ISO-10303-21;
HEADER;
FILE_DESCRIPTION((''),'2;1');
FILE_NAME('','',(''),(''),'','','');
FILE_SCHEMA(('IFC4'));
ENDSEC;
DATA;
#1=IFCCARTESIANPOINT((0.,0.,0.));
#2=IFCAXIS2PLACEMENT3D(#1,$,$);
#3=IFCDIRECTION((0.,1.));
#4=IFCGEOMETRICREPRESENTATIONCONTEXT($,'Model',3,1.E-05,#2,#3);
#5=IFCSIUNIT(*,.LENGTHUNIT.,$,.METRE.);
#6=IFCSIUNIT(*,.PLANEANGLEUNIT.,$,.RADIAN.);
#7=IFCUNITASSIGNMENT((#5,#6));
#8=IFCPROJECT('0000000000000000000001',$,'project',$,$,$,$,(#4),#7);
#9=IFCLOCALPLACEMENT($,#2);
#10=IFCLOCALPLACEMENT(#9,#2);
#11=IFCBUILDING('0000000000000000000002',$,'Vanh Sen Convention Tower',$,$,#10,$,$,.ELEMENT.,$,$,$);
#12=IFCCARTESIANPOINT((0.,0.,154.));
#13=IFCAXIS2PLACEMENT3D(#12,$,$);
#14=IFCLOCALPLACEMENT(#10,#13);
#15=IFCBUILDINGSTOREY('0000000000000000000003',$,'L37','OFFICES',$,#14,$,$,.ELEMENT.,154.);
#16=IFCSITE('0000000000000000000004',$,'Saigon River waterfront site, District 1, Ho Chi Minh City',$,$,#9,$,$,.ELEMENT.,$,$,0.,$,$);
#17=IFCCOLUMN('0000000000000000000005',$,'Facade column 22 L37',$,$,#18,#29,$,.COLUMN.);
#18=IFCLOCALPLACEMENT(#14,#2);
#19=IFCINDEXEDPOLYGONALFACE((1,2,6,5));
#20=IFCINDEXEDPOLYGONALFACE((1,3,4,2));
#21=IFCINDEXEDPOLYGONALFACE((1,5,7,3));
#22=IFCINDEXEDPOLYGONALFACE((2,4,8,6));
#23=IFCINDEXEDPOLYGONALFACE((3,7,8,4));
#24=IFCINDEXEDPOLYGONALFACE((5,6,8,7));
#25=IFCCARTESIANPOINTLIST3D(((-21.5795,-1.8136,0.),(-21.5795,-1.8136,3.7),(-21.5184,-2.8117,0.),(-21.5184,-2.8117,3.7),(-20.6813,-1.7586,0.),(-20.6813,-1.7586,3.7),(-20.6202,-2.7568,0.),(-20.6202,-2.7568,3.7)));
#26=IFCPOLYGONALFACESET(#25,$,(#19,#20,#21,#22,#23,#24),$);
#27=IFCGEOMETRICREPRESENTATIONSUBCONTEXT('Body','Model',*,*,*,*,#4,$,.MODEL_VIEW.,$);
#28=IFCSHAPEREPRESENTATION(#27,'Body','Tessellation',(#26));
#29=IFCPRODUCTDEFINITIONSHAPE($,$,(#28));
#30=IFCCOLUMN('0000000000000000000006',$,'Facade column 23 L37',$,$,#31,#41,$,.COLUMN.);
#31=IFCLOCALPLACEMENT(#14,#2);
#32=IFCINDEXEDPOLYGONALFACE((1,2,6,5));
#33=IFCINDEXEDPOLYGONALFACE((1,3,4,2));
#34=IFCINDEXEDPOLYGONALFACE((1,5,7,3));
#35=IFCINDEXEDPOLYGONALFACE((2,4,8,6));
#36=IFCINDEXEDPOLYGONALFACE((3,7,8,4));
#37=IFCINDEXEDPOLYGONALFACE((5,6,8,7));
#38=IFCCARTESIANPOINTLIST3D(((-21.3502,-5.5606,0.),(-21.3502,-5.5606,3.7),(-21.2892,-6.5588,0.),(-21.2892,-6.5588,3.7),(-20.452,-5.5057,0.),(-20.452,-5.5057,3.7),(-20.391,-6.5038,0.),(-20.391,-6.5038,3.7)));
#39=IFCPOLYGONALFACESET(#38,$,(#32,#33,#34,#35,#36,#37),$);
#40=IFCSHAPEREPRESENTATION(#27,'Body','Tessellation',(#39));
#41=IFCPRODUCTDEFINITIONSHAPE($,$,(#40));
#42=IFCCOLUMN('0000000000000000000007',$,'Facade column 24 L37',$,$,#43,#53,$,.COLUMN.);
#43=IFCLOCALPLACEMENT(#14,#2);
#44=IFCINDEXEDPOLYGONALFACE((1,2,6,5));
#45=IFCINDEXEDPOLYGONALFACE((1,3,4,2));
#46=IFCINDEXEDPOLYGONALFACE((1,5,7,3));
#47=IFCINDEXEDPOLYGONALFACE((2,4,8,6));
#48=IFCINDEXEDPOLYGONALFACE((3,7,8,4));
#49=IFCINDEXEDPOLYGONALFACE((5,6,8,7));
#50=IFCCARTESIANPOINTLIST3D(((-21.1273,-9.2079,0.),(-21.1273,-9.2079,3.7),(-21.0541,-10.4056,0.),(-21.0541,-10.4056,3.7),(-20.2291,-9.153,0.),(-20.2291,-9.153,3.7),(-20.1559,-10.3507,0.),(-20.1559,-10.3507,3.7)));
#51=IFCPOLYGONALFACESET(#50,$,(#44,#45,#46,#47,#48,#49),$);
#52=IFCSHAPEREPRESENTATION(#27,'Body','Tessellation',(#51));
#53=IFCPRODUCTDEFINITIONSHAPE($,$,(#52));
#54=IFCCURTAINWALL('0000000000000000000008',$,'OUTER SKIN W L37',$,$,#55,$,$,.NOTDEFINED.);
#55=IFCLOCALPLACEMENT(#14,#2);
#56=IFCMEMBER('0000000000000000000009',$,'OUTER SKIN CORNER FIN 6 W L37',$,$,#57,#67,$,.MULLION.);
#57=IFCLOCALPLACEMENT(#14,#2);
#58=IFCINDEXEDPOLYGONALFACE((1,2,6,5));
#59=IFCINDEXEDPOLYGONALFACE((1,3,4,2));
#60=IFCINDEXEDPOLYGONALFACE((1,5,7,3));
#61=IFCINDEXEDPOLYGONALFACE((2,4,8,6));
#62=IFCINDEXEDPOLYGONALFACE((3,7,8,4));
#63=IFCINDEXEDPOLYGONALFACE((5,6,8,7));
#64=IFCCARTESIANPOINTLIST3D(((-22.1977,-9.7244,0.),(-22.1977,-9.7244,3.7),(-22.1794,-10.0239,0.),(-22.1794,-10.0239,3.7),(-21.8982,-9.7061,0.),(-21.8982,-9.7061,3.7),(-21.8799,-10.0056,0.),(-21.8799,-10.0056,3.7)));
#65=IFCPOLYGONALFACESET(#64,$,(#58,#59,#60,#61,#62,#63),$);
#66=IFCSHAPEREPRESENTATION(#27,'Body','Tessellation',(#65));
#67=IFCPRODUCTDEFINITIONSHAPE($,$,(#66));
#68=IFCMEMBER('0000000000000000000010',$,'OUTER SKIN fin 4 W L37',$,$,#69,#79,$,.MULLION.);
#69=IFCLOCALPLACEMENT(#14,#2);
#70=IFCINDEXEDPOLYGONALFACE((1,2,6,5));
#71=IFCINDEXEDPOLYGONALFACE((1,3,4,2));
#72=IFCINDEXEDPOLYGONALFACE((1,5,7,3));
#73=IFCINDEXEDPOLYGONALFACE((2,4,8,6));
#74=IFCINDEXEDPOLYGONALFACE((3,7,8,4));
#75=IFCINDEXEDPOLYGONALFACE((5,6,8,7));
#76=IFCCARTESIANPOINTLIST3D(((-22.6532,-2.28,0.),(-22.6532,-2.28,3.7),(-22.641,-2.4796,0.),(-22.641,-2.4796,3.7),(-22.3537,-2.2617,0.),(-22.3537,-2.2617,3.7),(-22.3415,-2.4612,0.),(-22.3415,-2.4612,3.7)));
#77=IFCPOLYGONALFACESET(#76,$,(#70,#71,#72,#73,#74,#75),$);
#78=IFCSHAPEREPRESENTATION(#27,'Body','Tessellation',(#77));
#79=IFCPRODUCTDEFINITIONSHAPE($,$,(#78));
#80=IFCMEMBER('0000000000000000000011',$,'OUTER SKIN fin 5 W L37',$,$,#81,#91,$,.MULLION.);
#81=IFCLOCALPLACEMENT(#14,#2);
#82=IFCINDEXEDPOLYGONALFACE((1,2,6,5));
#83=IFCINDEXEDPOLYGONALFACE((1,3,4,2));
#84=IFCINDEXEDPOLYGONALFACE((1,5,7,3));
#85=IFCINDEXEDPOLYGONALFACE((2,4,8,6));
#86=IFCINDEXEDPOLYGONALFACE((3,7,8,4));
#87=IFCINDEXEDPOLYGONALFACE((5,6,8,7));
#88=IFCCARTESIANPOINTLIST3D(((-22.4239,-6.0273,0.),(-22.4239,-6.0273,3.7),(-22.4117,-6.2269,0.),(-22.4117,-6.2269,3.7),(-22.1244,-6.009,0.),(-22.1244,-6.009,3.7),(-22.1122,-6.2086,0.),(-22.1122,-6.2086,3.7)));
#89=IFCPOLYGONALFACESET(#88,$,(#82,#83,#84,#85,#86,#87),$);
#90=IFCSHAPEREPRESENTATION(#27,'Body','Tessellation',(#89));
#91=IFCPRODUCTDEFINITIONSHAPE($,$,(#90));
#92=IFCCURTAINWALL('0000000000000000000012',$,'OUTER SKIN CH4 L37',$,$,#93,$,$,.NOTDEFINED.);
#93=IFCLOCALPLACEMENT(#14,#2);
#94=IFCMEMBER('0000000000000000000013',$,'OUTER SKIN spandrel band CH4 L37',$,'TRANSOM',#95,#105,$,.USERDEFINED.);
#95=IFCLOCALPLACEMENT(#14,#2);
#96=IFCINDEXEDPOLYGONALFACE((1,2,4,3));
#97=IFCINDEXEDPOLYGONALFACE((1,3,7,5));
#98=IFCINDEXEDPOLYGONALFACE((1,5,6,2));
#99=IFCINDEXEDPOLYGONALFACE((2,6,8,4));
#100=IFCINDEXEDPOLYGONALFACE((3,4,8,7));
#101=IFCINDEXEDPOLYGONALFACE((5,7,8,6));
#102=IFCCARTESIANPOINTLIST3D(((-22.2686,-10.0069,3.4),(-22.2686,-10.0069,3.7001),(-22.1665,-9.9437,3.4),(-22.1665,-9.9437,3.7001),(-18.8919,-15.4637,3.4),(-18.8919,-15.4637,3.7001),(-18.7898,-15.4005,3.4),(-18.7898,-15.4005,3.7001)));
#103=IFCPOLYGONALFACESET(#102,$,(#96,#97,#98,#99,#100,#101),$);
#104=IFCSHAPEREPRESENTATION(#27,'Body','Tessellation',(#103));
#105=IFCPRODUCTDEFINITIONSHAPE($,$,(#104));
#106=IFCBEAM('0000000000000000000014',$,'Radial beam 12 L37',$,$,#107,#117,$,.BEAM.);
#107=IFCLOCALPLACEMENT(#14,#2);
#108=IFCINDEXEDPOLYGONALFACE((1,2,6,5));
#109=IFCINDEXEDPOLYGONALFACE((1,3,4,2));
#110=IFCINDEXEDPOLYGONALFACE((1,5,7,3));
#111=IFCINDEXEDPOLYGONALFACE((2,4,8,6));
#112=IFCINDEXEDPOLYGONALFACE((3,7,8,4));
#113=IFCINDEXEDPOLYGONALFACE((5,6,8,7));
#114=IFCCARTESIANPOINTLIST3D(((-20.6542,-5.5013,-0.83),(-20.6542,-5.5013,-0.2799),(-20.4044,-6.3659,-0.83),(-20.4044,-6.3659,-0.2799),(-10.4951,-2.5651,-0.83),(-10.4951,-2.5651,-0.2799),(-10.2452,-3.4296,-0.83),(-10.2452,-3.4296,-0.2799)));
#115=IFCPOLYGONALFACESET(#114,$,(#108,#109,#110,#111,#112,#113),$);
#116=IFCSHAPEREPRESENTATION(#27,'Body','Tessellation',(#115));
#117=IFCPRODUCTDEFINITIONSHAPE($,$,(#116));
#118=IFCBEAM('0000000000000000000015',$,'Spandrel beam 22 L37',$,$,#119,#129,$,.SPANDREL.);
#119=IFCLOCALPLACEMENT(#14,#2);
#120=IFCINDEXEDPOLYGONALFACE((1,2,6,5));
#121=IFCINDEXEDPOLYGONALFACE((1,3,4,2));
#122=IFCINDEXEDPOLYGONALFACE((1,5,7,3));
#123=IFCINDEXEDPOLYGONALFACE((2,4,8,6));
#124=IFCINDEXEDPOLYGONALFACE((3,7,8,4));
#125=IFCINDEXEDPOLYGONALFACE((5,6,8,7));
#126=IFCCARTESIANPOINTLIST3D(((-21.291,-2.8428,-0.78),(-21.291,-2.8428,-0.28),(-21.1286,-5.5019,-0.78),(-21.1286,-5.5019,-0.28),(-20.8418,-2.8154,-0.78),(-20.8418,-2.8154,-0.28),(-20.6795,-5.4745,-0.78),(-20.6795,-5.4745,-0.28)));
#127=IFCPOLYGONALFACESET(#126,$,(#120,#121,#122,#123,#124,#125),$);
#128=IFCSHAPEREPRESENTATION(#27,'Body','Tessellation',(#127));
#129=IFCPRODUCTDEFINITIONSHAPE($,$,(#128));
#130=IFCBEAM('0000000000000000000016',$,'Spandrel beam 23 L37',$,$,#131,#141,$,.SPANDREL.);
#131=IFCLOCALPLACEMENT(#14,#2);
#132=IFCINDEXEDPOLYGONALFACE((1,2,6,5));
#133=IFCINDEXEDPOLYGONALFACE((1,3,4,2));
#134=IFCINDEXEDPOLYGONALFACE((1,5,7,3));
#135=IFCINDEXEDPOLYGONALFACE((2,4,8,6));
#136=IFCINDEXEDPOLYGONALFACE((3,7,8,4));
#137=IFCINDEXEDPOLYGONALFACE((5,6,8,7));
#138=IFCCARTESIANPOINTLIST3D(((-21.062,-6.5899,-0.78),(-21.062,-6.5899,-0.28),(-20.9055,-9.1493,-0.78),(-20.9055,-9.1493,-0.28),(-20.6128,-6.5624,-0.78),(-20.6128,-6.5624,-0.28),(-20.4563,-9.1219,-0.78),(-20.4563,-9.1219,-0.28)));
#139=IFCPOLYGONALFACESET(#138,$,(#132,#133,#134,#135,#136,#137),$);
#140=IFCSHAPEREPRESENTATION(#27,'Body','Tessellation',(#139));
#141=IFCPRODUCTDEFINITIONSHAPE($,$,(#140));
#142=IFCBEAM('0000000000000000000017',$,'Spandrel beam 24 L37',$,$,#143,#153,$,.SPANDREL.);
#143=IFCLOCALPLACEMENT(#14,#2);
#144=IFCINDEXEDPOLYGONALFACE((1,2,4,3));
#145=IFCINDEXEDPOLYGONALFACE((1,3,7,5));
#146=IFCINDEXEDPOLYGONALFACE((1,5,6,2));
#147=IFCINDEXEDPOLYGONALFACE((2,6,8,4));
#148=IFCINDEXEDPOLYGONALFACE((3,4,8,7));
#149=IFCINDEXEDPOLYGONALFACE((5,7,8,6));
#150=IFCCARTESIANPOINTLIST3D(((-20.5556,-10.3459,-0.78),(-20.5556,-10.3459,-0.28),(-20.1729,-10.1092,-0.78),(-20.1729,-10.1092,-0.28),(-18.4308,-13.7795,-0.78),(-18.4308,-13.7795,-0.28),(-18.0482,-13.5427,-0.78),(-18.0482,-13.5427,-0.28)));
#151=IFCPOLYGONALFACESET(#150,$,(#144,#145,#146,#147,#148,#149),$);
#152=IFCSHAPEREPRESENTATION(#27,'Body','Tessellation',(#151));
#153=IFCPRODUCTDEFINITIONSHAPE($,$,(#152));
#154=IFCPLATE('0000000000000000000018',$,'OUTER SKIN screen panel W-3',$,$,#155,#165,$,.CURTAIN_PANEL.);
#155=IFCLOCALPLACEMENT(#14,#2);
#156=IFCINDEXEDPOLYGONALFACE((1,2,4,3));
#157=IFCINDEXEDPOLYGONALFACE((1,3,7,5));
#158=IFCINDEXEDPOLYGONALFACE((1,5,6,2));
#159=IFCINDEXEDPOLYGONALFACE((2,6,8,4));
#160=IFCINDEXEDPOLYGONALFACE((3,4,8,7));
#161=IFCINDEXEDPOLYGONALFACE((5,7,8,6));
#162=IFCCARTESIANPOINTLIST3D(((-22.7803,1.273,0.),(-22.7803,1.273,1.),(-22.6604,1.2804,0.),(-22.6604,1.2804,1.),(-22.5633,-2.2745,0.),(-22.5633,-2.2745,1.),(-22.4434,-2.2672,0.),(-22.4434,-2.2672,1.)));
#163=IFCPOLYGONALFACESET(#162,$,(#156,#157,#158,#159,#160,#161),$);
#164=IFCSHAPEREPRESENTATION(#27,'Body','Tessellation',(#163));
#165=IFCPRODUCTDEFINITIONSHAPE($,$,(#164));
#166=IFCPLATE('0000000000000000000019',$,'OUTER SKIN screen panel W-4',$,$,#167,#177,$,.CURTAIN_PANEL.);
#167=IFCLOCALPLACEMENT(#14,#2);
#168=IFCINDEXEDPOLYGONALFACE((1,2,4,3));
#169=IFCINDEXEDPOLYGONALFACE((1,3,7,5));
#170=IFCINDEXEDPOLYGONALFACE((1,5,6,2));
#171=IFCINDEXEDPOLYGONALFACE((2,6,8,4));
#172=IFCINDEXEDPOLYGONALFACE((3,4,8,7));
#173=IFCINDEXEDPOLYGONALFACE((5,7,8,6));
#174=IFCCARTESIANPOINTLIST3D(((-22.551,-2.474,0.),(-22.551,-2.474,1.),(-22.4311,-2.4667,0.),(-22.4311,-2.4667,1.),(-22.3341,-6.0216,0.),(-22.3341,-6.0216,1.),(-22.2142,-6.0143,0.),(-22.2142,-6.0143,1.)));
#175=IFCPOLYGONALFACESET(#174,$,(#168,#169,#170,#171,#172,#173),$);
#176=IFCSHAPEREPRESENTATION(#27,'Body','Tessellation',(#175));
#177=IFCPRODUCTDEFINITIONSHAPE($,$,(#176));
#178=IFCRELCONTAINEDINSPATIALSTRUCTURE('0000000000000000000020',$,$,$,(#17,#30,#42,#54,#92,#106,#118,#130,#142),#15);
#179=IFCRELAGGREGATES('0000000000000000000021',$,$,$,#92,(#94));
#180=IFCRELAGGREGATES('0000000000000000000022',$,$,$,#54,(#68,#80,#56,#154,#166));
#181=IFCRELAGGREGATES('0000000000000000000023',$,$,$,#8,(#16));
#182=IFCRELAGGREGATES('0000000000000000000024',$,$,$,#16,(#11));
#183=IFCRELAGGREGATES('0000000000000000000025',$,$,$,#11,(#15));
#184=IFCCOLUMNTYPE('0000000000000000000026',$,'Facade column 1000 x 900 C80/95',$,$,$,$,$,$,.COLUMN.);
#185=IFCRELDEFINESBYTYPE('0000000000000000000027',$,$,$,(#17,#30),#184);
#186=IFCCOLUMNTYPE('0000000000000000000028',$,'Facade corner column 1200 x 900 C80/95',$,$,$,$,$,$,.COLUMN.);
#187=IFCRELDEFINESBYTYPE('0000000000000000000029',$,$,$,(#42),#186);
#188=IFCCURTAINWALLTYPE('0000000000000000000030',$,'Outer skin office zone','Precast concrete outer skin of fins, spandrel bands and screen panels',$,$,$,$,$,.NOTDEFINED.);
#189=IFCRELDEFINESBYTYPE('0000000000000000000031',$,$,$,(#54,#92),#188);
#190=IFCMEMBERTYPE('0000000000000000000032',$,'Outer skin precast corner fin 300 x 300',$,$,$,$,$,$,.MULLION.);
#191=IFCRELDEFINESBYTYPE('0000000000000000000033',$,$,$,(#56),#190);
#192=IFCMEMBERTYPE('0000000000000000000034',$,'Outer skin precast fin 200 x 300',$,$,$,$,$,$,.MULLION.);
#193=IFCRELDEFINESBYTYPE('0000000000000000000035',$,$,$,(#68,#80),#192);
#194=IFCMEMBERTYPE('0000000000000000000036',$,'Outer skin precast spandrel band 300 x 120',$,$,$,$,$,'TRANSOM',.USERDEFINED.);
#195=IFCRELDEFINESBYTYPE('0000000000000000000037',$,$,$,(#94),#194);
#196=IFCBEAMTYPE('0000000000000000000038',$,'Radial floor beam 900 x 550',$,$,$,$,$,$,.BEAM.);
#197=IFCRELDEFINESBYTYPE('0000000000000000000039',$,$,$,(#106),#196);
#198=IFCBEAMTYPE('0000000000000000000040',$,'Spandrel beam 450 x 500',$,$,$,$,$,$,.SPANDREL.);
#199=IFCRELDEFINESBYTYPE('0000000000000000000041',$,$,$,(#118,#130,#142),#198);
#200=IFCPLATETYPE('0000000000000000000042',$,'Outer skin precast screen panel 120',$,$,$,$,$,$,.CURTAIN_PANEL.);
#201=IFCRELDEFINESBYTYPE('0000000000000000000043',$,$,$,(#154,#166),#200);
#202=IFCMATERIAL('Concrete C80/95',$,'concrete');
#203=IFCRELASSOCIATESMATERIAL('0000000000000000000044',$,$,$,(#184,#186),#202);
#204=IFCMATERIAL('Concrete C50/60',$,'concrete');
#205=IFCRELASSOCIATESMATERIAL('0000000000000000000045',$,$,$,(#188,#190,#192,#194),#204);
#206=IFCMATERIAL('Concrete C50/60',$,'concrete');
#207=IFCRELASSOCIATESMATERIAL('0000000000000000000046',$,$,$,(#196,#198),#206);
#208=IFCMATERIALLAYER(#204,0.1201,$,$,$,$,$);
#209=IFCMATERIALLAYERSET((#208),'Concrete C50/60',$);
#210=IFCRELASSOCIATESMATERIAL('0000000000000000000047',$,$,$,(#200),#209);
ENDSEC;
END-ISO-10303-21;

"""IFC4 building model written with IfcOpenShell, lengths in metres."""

from ifc_helpers import new_model, si_unit, direction, frame, origin, origin_2d, place, context, subcontext, project, spatial, rectangle, extrude, material, layer, layer_set, material_profile, profile_set, type_object, element, aggregate, save


model = new_model("IFC4")

# Units and contexts
model_context = context("Model", 3, precision=1e-05, world=origin(), true_north=direction((0.0, 1.0)))
body_context = subcontext(model_context, "Body", "Model", "MODEL_VIEW")
ifc_project = project(units=[si_unit("LENGTHUNIT", "METRE"), si_unit("PLANEANGLEUNIT", "RADIAN")], contexts=[model_context])

# Site, building, storey
site_placement = place(None, origin())
site = spatial("IfcSite", under=ifc_project, at=site_placement, Name="Saigon River waterfront site, District 1, Ho Chi Minh City", CompositionType="ELEMENT", RefElevation=0.0)
building_placement = place(site_placement, origin())
building = spatial("IfcBuilding", under=site, at=building_placement, Name="Vanh Sen Convention Tower", CompositionType="ELEMENT")
storey_placement = place(building_placement, frame((0.0, 0.0, 154.0)))
storey = spatial("IfcBuildingStorey", under=building, at=storey_placement, Name="L37", Description="OFFICES", CompositionType="ELEMENT", Elevation=154.0)

# Columns
ifc_material_1 = material(Name="Concrete C80/95", Category="concrete")
ifc_material_profile_1 = material_profile(ifc_material_1, rectangle(XDim=1.0, YDim=0.8999, at=origin_2d()), Name="RC 1000X900")
ifc_profile_set_1 = profile_set([ifc_material_profile_1], Name="Concrete C80/95")
column_type_1 = type_object("IfcColumnType", Name="Facade column 1000 x 900 C80/95", PredefinedType="COLUMN", material=ifc_profile_set_1)
for number, where, z_axis, x_axis, name in (
    (1, (-21.0999, -2.2852, 0.0), (0.0, 0.0, 1.0), (0.061049, -0.998135, 0.0), "Facade column 22 L37"),
    (2, (-20.8706, -6.0322, 0.0), (0.0, 0.0, 1.0), (0.061049, -0.998135, 0.0), "Facade column 23 L37"),
):
    element("IfcColumn", number, at=place(storey_placement, frame(where, z_axis=z_axis, x_axis=x_axis)), inside=storey, type_object=column_type_1, Name=name, PredefinedType="COLUMN", context=body_context, shape_type="SweptSolid", body=[
        extrude(rectangle(XDim=1.0, YDim=0.8999, at=origin_2d()), origin(), (0.0, 0.0, 1.0), 3.7),
    ])
ifc_material_profile_2 = material_profile(ifc_material_1, rectangle(XDim=1.2, YDim=0.8999, at=origin_2d()), Name="RC 1200X900")
ifc_profile_set_2 = profile_set([ifc_material_profile_2], Name="Concrete C80/95")
column_type_2 = type_object("IfcColumnType", Name="Facade corner column 1200 x 900 C80/95", PredefinedType="COLUMN", material=ifc_profile_set_2)
column_placement = place(storey_placement, frame((-20.6416, -9.7793, 0.0), z_axis=(0.0, 0.0, 1.0), x_axis=(0.061049, -0.998135, 0.0)))
element("IfcColumn", 3, at=column_placement, inside=storey, type_object=column_type_2, Name="Facade column 24 L37", PredefinedType="COLUMN", context=body_context, shape_type="SweptSolid", body=[
    extrude(rectangle(XDim=1.2, YDim=0.8999, at=origin_2d()), origin(), (0.0, 0.0, 1.0), 3.7),
])

# Curtain wall, members
ifc_material_2 = material(Name="Concrete C50/60", Category="concrete")
curtain_wall_type = type_object("IfcCurtainWallType", Name="Outer skin office zone", Description="Precast concrete outer skin of fins, spandrel bands and screen panels", PredefinedType="NOTDEFINED", material=ifc_material_2)
curtain_wall_1_placement = place(storey_placement, origin())
curtain_wall_1 = element("IfcCurtainWall", 4, at=curtain_wall_1_placement, inside=storey, type_object=curtain_wall_type, Name="OUTER SKIN W L37", PredefinedType="NOTDEFINED")
ifc_material_profile_3 = material_profile(ifc_material_2, rectangle(XDim=0.3, YDim=0.3, at=origin_2d()), Name="Outer skin precast corner fin 300 x 300")
ifc_profile_set_3 = profile_set([ifc_material_profile_3], Name="Concrete C50/60")
member_type_1 = type_object("IfcMemberType", Name="Outer skin precast corner fin 300 x 300", PredefinedType="MULLION", material=ifc_profile_set_3)
member_1_placement = place(storey_placement, frame((-22.0388, -9.865, 0.0), z_axis=(0.0, 0.0, 1.0), x_axis=(0.061049, -0.998135, 0.0)))
member_1 = element("IfcMember", 5, at=member_1_placement, type_object=member_type_1, Name="OUTER SKIN CORNER FIN 6 W L37", PredefinedType="MULLION", context=body_context, shape_type="SweptSolid", body=[
    extrude(rectangle(XDim=0.3, YDim=0.3, at=origin_2d()), origin(), (0.0, 0.0, 1.0), 3.7),
])
ifc_material_profile_4 = material_profile(ifc_material_2, rectangle(XDim=0.2, YDim=0.3, at=origin_2d()), Name="Outer skin precast fin 200 x 300")
ifc_profile_set_4 = profile_set([ifc_material_profile_4], Name="Concrete C50/60")
member_type_2 = type_object("IfcMemberType", Name="Outer skin precast fin 200 x 300", PredefinedType="MULLION", material=ifc_profile_set_4)
member_2_placement = place(storey_placement, frame((-22.4973, -2.3706, 0.0), z_axis=(0.0, 0.0, 1.0), x_axis=(0.061049, -0.998135, 0.0)))
member_2 = element("IfcMember", 6, at=member_2_placement, type_object=member_type_2, Name="OUTER SKIN fin 4 W L37", PredefinedType="MULLION", context=body_context, shape_type="SweptSolid", body=[
    extrude(rectangle(XDim=0.2, YDim=0.3, at=origin_2d()), origin(), (0.0, 0.0, 1.0), 3.7),
])
member_3_placement = place(storey_placement, frame((-22.2681, -6.1179, 0.0), z_axis=(0.0, 0.0, 1.0), x_axis=(0.061049, -0.998135, 0.0)))
member_3 = element("IfcMember", 7, at=member_3_placement, type_object=member_type_2, Name="OUTER SKIN fin 5 W L37", PredefinedType="MULLION", context=body_context, shape_type="SweptSolid", body=[
    extrude(rectangle(XDim=0.2, YDim=0.3, at=origin_2d()), origin(), (0.0, 0.0, 1.0), 3.7),
])

# Curtain wall, member
curtain_wall_2_placement = place(storey_placement, origin())
curtain_wall_2 = element("IfcCurtainWall", 8, at=curtain_wall_2_placement, inside=storey, type_object=curtain_wall_type, Name="OUTER SKIN CH4 L37", PredefinedType="NOTDEFINED")
ifc_material_profile_5 = material_profile(ifc_material_2, rectangle(XDim=0.1201, YDim=0.3, at=origin_2d()), Name="Outer skin precast spandrel band 300 x 120")
ifc_profile_set_5 = profile_set([ifc_material_profile_5], Name="Concrete C50/60")
member_type_3 = type_object("IfcMemberType", Name="Outer skin precast spandrel band 300 x 120", ElementType="TRANSOM", PredefinedType="USERDEFINED", material=ifc_profile_set_5)
member_4_placement = place(storey_placement, frame((-22.2175, -9.9753, 3.55), z_axis=(0.526208, -0.850356, 0.0), x_axis=(0.850356, 0.526208, 0.0)))
member_4 = element("IfcMember", 9, at=member_4_placement, type_object=member_type_3, Name="OUTER SKIN spandrel band CH4 L37", ObjectType="TRANSOM", PredefinedType="USERDEFINED", context=body_context, shape_type="SweptSolid", body=[
    extrude(rectangle(XDim=0.1201, YDim=0.3, at=origin_2d()), origin(), (0.0, 0.0, 1.0), 6.417),
])
aggregate(curtain_wall_2, [member_4])

# Beams
ifc_material_3 = material(Name="Concrete C50/60", Category="concrete")
ifc_material_profile_6 = material_profile(ifc_material_3, rectangle(XDim=0.8999, YDim=0.55, at=origin_2d()), Name="RC 900X550")
ifc_profile_set_6 = profile_set([ifc_material_profile_6], Name="Concrete C50/60")
beam_type_1 = type_object("IfcBeamType", Name="Radial floor beam 900 x 550", PredefinedType="BEAM", material=ifc_profile_set_6)
beam_1_placement = place(storey_placement, frame((-20.5293, -5.9336, -0.5549), z_axis=(0.960679, 0.277662, 0.0), x_axis=(-0.277662, 0.960679, 0.0)))
element("IfcBeam", 10, at=beam_1_placement, inside=storey, type_object=beam_type_1, Name="Radial beam 12 L37", PredefinedType="BEAM", context=body_context, shape_type="SweptSolid", body=[
    extrude(rectangle(XDim=0.8999, YDim=0.55, at=origin_2d()), origin(), (0.0, 0.0, 1.0), 10.575),
])
ifc_material_profile_7 = material_profile(ifc_material_3, rectangle(XDim=0.45, YDim=0.5, at=origin_2d()), Name="RC 450X500")
ifc_profile_set_7 = profile_set([ifc_material_profile_7], Name="Concrete C50/60")
beam_type_2 = type_object("IfcBeamType", Name="Spandrel beam 450 x 500", PredefinedType="SPANDREL", material=ifc_profile_set_7)
beam_2_placement = place(storey_placement, frame((-21.0664, -2.8291, -0.53), z_axis=(0.060941, -0.998141, 0.0), x_axis=(0.998141, 0.060941, 0.0)))
element("IfcBeam", 11, at=beam_2_placement, inside=storey, type_object=beam_type_2, Name="Spandrel beam 22 L37", PredefinedType="SPANDREL", context=body_context, shape_type="SweptSolid", body=[
    extrude(rectangle(XDim=0.45, YDim=0.5, at=origin_2d()), origin(), (0.0, 0.0, 1.0), 2.6641),
])
beam_3_placement = place(storey_placement, frame((-20.8374, -6.5762, -0.53), z_axis=(0.061033, -0.998136, 0.0), x_axis=(0.998136, 0.061033, 0.0)))
element("IfcBeam", 12, at=beam_3_placement, inside=storey, type_object=beam_type_2, Name="Spandrel beam 23 L37", PredefinedType="SPANDREL", context=body_context, shape_type="SweptSolid", body=[
    extrude(rectangle(XDim=0.45, YDim=0.5, at=origin_2d()), origin(), (0.0, 0.0, 1.0), 2.5642),
])
beam_4_placement = place(storey_placement, frame((-20.3643, -10.2275, -0.53), z_axis=(0.526211, -0.850354, 0.0), x_axis=(0.850354, 0.526211, 0.0)))
element("IfcBeam", 13, at=beam_4_placement, inside=storey, type_object=beam_type_2, Name="Spandrel beam 24 L37", PredefinedType="SPANDREL", context=body_context, shape_type="SweptSolid", body=[
    extrude(rectangle(XDim=0.45, YDim=0.5, at=origin_2d()), origin(), (0.0, 0.0, 1.0), 4.0378),
])

# Plates
ifc_layer_1 = layer(ifc_material_2, 0.1201)
ifc_layer_set_1 = layer_set([ifc_layer_1], Name="Concrete C50/60")
plate_type = type_object("IfcPlateType", Name="Outer skin precast screen panel 120", PredefinedType="CURTAIN_PANEL", material=ifc_layer_set_1)
plate_1_placement = place(storey_placement, frame((-22.6118, -0.4971, 0.0), z_axis=(0.0, 0.0, 1.0), x_axis=(0.061054, -0.998134, 0.0)))
plate_1 = element("IfcPlate", 14, at=plate_1_placement, type_object=plate_type, Name="OUTER SKIN screen panel W-3", PredefinedType="CURTAIN_PANEL", context=body_context, shape_type="SweptSolid", body=[
    extrude(rectangle(XDim=3.5542, YDim=0.1201, at=origin_2d()), origin(), (0.0, 0.0, 1.0), 1.0),
])
plate_2_placement = place(storey_placement, frame((-22.3826, -4.2441, 0.0), z_axis=(0.0, 0.0, 1.0), x_axis=(0.061026, -0.998136, 0.0)))
plate_2 = element("IfcPlate", 15, at=plate_2_placement, type_object=plate_type, Name="OUTER SKIN screen panel W-4", PredefinedType="CURTAIN_PANEL", context=body_context, shape_type="SweptSolid", body=[
    extrude(rectangle(XDim=3.5542, YDim=0.1201, at=origin_2d()), origin(), (0.0, 0.0, 1.0), 1.0),
])
aggregate(curtain_wall_1, [member_2, member_3, member_1, plate_1, plate_2])

save(model, "model.ifc")
